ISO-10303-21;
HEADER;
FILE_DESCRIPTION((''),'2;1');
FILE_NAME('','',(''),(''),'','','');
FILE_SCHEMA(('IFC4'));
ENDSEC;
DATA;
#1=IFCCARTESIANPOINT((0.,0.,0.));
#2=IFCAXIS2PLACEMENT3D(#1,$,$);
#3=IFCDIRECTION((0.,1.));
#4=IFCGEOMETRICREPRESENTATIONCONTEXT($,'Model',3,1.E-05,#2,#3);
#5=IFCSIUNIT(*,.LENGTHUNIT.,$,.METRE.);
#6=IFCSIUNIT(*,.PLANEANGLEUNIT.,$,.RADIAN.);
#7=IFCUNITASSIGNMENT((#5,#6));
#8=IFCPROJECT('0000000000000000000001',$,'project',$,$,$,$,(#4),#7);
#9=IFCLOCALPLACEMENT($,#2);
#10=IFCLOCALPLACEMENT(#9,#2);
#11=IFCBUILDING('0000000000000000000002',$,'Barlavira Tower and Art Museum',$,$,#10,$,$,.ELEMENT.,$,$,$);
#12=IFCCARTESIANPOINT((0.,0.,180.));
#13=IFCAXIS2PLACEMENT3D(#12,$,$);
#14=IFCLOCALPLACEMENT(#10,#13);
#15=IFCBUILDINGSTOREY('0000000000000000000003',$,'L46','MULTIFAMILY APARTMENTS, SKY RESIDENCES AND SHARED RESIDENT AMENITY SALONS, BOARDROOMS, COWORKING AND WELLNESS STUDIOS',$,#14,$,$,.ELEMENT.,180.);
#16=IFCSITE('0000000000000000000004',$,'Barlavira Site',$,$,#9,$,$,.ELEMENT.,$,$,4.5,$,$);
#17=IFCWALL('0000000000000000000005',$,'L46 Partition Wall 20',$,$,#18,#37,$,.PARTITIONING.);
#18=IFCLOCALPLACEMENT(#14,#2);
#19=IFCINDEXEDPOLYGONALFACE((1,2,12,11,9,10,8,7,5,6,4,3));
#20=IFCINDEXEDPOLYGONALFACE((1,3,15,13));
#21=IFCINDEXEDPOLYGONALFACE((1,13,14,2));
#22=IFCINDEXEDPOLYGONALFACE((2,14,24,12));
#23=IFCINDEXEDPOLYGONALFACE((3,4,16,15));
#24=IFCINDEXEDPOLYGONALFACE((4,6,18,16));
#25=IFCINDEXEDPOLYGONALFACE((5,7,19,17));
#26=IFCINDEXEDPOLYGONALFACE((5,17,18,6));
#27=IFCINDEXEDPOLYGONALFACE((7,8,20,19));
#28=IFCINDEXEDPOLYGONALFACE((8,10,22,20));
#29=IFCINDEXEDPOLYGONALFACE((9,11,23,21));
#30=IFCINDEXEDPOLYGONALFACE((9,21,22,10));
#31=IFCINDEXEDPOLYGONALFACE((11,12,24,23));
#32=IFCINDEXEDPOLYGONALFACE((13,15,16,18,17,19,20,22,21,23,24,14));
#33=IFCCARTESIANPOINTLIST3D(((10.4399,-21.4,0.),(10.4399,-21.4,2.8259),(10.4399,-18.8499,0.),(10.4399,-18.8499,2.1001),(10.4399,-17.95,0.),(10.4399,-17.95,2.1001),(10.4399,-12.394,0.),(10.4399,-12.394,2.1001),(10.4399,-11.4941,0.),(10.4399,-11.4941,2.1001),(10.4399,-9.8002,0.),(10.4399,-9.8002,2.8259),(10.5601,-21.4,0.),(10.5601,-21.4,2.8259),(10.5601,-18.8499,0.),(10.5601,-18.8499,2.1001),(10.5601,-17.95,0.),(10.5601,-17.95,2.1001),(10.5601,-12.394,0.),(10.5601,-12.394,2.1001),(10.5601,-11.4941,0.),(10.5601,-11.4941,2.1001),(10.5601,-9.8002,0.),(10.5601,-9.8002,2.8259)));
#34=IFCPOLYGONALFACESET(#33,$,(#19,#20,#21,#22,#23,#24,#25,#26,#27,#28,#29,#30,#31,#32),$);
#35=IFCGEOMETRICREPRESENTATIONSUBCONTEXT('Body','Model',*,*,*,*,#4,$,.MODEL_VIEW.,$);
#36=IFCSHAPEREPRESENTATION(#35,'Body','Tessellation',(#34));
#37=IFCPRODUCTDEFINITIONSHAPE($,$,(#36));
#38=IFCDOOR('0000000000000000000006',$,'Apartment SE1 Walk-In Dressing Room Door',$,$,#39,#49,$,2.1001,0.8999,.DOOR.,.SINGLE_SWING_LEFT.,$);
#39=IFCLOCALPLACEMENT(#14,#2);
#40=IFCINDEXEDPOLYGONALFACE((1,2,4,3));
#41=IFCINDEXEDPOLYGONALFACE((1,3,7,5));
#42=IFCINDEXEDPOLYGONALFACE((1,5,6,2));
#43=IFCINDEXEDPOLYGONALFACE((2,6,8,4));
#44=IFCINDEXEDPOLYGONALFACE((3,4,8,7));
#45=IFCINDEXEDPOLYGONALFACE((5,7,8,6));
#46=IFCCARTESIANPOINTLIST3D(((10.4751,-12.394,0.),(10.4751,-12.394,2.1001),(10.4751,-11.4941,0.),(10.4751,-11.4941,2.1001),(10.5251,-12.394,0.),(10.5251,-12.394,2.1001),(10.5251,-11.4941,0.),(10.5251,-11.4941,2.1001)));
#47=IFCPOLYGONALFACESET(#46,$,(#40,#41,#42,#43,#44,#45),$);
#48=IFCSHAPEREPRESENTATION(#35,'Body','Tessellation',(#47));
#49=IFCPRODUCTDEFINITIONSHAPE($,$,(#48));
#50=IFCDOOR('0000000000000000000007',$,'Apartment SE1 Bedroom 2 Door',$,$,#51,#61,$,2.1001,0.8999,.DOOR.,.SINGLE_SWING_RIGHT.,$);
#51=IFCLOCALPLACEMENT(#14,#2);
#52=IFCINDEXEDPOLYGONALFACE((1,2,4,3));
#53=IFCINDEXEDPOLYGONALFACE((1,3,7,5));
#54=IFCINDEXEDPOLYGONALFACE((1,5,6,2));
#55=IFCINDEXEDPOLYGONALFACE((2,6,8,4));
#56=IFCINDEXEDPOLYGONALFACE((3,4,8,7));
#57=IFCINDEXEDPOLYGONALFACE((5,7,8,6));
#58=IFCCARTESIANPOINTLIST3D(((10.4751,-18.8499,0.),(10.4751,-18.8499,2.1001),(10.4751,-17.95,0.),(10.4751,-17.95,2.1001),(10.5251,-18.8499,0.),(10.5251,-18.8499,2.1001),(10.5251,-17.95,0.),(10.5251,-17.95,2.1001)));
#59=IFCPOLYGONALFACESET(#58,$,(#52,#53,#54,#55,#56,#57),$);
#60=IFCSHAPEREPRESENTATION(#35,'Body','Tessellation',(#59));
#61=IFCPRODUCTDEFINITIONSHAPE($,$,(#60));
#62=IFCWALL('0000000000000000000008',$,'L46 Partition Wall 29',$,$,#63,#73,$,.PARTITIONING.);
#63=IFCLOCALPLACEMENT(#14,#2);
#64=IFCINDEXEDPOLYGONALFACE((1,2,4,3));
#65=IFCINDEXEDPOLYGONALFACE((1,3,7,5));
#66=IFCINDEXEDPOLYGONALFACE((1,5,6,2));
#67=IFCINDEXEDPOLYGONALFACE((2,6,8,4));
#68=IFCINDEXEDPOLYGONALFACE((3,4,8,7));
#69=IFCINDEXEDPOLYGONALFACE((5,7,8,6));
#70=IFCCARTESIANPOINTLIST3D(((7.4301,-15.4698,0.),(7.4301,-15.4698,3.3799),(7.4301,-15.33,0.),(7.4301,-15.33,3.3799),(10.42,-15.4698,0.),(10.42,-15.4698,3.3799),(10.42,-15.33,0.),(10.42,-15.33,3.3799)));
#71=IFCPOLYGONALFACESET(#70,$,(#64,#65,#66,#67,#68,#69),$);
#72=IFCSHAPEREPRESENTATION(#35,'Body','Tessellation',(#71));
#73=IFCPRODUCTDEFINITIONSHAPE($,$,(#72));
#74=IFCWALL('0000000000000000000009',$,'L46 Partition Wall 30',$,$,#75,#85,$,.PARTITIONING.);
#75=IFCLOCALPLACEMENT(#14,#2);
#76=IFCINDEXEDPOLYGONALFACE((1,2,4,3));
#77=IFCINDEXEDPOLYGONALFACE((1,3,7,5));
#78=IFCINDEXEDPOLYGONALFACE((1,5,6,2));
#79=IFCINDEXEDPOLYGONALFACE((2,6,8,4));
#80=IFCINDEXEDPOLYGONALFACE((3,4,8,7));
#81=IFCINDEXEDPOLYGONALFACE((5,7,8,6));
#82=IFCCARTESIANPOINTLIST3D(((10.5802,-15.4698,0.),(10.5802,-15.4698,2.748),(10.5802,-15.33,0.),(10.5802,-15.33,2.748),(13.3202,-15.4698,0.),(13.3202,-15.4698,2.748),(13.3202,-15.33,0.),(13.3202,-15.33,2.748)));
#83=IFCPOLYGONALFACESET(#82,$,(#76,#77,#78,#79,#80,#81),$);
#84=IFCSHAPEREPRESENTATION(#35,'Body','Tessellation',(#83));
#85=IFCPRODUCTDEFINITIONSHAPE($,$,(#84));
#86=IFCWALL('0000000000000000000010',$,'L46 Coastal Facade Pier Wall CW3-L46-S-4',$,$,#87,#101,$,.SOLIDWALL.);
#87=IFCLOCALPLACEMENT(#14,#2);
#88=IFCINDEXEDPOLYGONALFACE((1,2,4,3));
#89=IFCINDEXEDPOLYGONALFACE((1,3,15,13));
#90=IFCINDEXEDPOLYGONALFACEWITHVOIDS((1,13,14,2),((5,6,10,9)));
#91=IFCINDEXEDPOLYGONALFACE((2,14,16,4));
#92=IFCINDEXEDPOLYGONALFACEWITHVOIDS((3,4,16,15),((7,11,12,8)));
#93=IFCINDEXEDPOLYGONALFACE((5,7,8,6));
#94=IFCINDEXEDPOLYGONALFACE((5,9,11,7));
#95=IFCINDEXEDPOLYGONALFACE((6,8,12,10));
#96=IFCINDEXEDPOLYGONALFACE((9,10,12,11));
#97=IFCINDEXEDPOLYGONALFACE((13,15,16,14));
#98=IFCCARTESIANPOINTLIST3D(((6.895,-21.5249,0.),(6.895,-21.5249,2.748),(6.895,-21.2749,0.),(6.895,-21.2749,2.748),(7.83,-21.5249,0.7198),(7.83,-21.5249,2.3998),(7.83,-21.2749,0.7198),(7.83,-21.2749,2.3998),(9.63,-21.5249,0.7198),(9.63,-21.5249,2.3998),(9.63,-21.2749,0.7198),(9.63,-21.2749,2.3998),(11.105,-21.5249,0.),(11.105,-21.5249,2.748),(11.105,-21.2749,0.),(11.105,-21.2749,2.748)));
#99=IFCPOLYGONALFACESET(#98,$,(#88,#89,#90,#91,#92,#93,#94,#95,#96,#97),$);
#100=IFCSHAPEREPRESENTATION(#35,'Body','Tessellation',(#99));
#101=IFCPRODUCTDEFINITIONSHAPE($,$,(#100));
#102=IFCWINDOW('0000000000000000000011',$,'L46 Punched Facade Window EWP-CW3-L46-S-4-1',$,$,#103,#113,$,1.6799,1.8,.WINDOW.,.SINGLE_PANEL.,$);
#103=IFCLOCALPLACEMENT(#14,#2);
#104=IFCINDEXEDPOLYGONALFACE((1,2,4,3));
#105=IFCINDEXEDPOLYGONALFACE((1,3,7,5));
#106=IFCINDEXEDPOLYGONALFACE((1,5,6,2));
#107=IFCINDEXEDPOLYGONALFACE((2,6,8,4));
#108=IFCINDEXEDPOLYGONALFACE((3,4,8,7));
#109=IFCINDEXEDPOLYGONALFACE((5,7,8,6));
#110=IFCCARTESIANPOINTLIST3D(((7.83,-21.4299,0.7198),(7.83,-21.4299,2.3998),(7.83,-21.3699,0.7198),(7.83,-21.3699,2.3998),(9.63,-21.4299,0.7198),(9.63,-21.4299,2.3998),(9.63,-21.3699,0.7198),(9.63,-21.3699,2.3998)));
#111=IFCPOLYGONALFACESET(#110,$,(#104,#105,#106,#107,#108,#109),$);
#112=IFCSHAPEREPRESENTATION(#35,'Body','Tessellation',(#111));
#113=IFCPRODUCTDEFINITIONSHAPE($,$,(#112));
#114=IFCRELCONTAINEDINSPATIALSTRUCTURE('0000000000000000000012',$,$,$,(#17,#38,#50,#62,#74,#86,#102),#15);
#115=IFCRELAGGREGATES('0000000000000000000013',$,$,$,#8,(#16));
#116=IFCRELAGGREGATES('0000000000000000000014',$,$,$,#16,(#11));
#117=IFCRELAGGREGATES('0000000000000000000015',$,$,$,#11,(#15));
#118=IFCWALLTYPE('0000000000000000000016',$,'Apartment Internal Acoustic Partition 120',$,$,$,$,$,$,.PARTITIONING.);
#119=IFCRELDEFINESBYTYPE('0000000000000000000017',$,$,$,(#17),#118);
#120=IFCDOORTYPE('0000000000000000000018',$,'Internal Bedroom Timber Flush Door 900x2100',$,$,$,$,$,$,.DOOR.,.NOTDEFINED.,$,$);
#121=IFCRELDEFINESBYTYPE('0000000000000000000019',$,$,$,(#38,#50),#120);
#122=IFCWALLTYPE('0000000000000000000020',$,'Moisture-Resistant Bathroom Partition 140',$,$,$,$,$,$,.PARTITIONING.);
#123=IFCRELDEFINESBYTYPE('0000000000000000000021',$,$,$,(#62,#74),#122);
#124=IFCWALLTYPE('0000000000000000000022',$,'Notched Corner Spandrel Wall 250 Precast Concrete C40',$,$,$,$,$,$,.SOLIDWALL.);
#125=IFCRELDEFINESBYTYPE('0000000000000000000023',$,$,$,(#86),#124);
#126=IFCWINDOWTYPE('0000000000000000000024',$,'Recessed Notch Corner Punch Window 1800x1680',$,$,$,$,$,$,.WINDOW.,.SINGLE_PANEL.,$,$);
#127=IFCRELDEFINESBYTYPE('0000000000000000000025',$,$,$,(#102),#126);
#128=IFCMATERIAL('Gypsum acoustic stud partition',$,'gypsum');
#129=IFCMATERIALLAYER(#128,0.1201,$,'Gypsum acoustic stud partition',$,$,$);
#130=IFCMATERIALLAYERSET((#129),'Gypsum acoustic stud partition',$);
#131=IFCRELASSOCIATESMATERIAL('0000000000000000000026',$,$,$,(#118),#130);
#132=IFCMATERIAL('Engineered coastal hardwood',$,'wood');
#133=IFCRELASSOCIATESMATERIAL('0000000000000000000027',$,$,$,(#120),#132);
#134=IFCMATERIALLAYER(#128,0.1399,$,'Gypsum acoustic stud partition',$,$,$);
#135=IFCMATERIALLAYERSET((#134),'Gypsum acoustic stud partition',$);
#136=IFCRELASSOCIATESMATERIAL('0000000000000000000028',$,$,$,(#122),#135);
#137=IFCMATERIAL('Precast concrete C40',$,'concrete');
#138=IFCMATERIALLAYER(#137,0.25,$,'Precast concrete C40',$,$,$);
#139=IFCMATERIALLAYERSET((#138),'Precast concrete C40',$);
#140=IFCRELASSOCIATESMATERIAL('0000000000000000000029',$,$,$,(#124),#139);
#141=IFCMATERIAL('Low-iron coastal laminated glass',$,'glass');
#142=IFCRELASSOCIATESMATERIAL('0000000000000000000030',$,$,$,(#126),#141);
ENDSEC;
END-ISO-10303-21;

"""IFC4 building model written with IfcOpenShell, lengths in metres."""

from ifc_helpers import new_model, si_unit, direction, frame, frame_2d, origin, place, context, subcontext, project, spatial, rectangle, extrude, material, layer, layer_set, type_object, element, fill, save


model = new_model("IFC4")

# Units and contexts
model_context = context("Model", 3, precision=1e-05, world=origin(), true_north=direction((0.0, 1.0)))
body_context = subcontext(model_context, "Body", "Model", "MODEL_VIEW")
ifc_project = project(units=[si_unit("LENGTHUNIT", "METRE"), si_unit("PLANEANGLEUNIT", "RADIAN")], contexts=[model_context])

# Site, building, storey
site_placement = place(None, origin())
site = spatial("IfcSite", under=ifc_project, at=site_placement, Name="Barlavira Site", CompositionType="ELEMENT", RefElevation=4.5)
building_placement = place(site_placement, origin())
building = spatial("IfcBuilding", under=site, at=building_placement, Name="Barlavira Tower and Art Museum", CompositionType="ELEMENT")
storey_placement = place(building_placement, frame((0.0, 0.0, 180.0)))
storey = spatial("IfcBuildingStorey", under=building, at=storey_placement, Name="L46", Description="MULTIFAMILY APARTMENTS, SKY RESIDENCES AND SHARED RESIDENT AMENITY SALONS, BOARDROOMS, COWORKING AND WELLNESS STUDIOS", CompositionType="ELEMENT", Elevation=180.0)

# Shared definitions
ifc_material_1 = material(Name="Gypsum acoustic stud partition", Category="gypsum")
ifc_layer_1 = layer(ifc_material_1, 0.1201, Name="Gypsum acoustic stud partition")
ifc_layer_set_1 = layer_set([ifc_layer_1], Name="Gypsum acoustic stud partition")
wall_type_1 = type_object("IfcWallType", Name="Apartment Internal Acoustic Partition 120", PredefinedType="PARTITIONING", material=ifc_layer_set_1)
ifc_material_2 = material(Name="Engineered coastal hardwood", Category="wood")

# Wall, openings, doors
wall_1_placement = place(storey_placement, frame((10.5, -21.3999, 0.0), z_axis=(0.0, 0.0, 1.0), x_axis=(0.0, 1.0, 0.0)))
wall_1 = element("IfcWall", 1, at=wall_1_placement, inside=storey, type_object=wall_type_1, Name="L46 Partition Wall 20", PredefinedType="PARTITIONING", context=body_context, shape_type="SweptSolid", body=[
    extrude(rectangle(XDim=11.5999, YDim=0.1201, at=frame_2d((5.7998, 0.0))), origin(), (0.0, 0.0, 1.0), 2.8259),
])
opening_1_placement = place(wall_1_placement, frame((9.0059, 0.0, 0.0)))
opening_1 = element("IfcOpeningElement", 2, at=opening_1_placement, cuts=wall_1, PredefinedType="OPENING", context=body_context, shape_type="SweptSolid", body=[
    extrude(rectangle(XDim=0.8999, YDim=2.1001, at=frame_2d((0.45, 1.05))), frame((0.0, 0.0701, 0.0), z_axis=(0.0, -1.0, 0.0), x_axis=(1.0, 0.0, 0.0)), (0.0, 0.0, 1.0), 0.1401),
])
opening_2_placement = place(wall_1_placement, frame((2.55, 0.0, 0.0)))
opening_2 = element("IfcOpeningElement", 3, at=opening_2_placement, cuts=wall_1, PredefinedType="OPENING", context=body_context, shape_type="SweptSolid", body=[
    extrude(rectangle(XDim=0.8999, YDim=2.1001, at=frame_2d((0.45, 1.05))), frame((0.0, 0.0701, 0.0), z_axis=(0.0, -1.0, 0.0), x_axis=(1.0, 0.0, 0.0)), (0.0, 0.0, 1.0), 0.1401),
])
door_type_1 = type_object("IfcDoorType", Name="Internal Bedroom Timber Flush Door 900x2100", OperationType="NOTDEFINED", PredefinedType="DOOR", material=ifc_material_2)
door_1_placement = place(opening_1_placement, origin())
door_1 = element("IfcDoor", 4, at=door_1_placement, inside=storey, type_object=door_type_1, Name="Apartment SE1 Walk-In Dressing Room Door", OperationType="SINGLE_SWING_LEFT", OverallHeight=2.1001, OverallWidth=0.8999, PredefinedType="DOOR", context=body_context, shape_type="SweptSolid", body=[
    extrude(rectangle(XDim=0.8999, YDim=2.1001, at=frame_2d((0.45, 1.05))), frame((0.0, 0.0249, 0.0), z_axis=(0.0, -1.0, 0.0), x_axis=(1.0, 0.0, 0.0)), (0.0, 0.0, 1.0), 0.05),
])
fill(opening_1, door_1)
door_2_placement = place(opening_2_placement, origin())
door_2 = element("IfcDoor", 5, at=door_2_placement, inside=storey, type_object=door_type_1, Name="Apartment SE1 Bedroom 2 Door", OperationType="SINGLE_SWING_RIGHT", OverallHeight=2.1001, OverallWidth=0.8999, PredefinedType="DOOR", context=body_context, shape_type="SweptSolid", body=[
    extrude(rectangle(XDim=0.8999, YDim=2.1001, at=frame_2d((0.45, 1.05))), frame((0.0, 0.0249, 0.0), z_axis=(0.0, -1.0, 0.0), x_axis=(1.0, 0.0, 0.0)), (0.0, 0.0, 1.0), 0.05),
])
fill(opening_2, door_2)

# Walls
ifc_layer_2 = layer(ifc_material_1, 0.1399, Name="Gypsum acoustic stud partition")
ifc_layer_set_2 = layer_set([ifc_layer_2], Name="Gypsum acoustic stud partition")
wall_type_2 = type_object("IfcWallType", Name="Moisture-Resistant Bathroom Partition 140", PredefinedType="PARTITIONING", material=ifc_layer_set_2)
wall_2_placement = place(storey_placement, frame((7.4299, -15.3999, 0.0), z_axis=(0.0, 0.0, 1.0), x_axis=(1.0, 0.0, 0.0)))
element("IfcWall", 6, at=wall_2_placement, inside=storey, type_object=wall_type_2, Name="L46 Partition Wall 29", PredefinedType="PARTITIONING", context=body_context, shape_type="SweptSolid", body=[
    extrude(rectangle(XDim=2.99, YDim=0.1399, at=frame_2d((1.4951, 0.0))), origin(), (0.0, 0.0, 1.0), 3.3799),
])
wall_3_placement = place(storey_placement, frame((10.5801, -15.3999, 0.0), z_axis=(0.0, 0.0, 1.0), x_axis=(1.0, 0.0, 0.0)))
element("IfcWall", 7, at=wall_3_placement, inside=storey, type_object=wall_type_2, Name="L46 Partition Wall 30", PredefinedType="PARTITIONING", context=body_context, shape_type="SweptSolid", body=[
    extrude(rectangle(XDim=2.74, YDim=0.1399, at=frame_2d((1.3701, 0.0))), origin(), (0.0, 0.0, 1.0), 2.748),
])

# Wall, opening, window
ifc_material_3 = material(Name="Precast concrete C40", Category="concrete")
ifc_layer_3 = layer(ifc_material_3, 0.25, Name="Precast concrete C40")
ifc_layer_set_3 = layer_set([ifc_layer_3], Name="Precast concrete C40")
wall_type_3 = type_object("IfcWallType", Name="Notched Corner Spandrel Wall 250 Precast Concrete C40", PredefinedType="SOLIDWALL", material=ifc_layer_set_3)
wall_4_placement = place(storey_placement, frame((6.895, -21.3999, 0.0), z_axis=(0.0, 0.0, 1.0), x_axis=(1.0, 0.0, 0.0)))
wall_4 = element("IfcWall", 8, at=wall_4_placement, inside=storey, type_object=wall_type_3, Name="L46 Coastal Facade Pier Wall CW3-L46-S-4", PredefinedType="SOLIDWALL", context=body_context, shape_type="SweptSolid", body=[
    extrude(rectangle(XDim=4.21, YDim=0.25, at=frame_2d((2.105, 0.0))), origin(), (0.0, 0.0, 1.0), 2.748),
])
opening_3_placement = place(wall_4_placement, frame((0.9351, 0.0, 0.72)))
opening_3 = element("IfcOpeningElement", 9, at=opening_3_placement, cuts=wall_4, PredefinedType="OPENING", context=body_context, shape_type="SweptSolid", body=[
    extrude(rectangle(XDim=1.8, YDim=1.6799, at=frame_2d((0.8999, 0.8398))), frame((0.0, 0.135, 0.0), z_axis=(0.0, -1.0, 0.0), x_axis=(1.0, 0.0, 0.0)), (0.0, 0.0, 1.0), 0.27),
])
ifc_material_4 = material(Name="Low-iron coastal laminated glass", Category="glass")
window_type = type_object("IfcWindowType", Name="Recessed Notch Corner Punch Window 1800x1680", PartitioningType="SINGLE_PANEL", PredefinedType="WINDOW", material=ifc_material_4)
window_placement = place(opening_3_placement, origin())
window = element("IfcWindow", 10, at=window_placement, inside=storey, type_object=window_type, Name="L46 Punched Facade Window EWP-CW3-L46-S-4-1", OverallHeight=1.6799, OverallWidth=1.8, PartitioningType="SINGLE_PANEL", PredefinedType="WINDOW", context=body_context, shape_type="SweptSolid", body=[
    extrude(rectangle(XDim=1.8, YDim=1.6799, at=frame_2d((0.8999, 0.8398))), frame((0.0, 0.03, 0.0), z_axis=(0.0, -1.0, 0.0), x_axis=(1.0, 0.0, 0.0)), (0.0, 0.0, 1.0), 0.0601),
])
fill(opening_3, window)

save(model, "model.ifc")
